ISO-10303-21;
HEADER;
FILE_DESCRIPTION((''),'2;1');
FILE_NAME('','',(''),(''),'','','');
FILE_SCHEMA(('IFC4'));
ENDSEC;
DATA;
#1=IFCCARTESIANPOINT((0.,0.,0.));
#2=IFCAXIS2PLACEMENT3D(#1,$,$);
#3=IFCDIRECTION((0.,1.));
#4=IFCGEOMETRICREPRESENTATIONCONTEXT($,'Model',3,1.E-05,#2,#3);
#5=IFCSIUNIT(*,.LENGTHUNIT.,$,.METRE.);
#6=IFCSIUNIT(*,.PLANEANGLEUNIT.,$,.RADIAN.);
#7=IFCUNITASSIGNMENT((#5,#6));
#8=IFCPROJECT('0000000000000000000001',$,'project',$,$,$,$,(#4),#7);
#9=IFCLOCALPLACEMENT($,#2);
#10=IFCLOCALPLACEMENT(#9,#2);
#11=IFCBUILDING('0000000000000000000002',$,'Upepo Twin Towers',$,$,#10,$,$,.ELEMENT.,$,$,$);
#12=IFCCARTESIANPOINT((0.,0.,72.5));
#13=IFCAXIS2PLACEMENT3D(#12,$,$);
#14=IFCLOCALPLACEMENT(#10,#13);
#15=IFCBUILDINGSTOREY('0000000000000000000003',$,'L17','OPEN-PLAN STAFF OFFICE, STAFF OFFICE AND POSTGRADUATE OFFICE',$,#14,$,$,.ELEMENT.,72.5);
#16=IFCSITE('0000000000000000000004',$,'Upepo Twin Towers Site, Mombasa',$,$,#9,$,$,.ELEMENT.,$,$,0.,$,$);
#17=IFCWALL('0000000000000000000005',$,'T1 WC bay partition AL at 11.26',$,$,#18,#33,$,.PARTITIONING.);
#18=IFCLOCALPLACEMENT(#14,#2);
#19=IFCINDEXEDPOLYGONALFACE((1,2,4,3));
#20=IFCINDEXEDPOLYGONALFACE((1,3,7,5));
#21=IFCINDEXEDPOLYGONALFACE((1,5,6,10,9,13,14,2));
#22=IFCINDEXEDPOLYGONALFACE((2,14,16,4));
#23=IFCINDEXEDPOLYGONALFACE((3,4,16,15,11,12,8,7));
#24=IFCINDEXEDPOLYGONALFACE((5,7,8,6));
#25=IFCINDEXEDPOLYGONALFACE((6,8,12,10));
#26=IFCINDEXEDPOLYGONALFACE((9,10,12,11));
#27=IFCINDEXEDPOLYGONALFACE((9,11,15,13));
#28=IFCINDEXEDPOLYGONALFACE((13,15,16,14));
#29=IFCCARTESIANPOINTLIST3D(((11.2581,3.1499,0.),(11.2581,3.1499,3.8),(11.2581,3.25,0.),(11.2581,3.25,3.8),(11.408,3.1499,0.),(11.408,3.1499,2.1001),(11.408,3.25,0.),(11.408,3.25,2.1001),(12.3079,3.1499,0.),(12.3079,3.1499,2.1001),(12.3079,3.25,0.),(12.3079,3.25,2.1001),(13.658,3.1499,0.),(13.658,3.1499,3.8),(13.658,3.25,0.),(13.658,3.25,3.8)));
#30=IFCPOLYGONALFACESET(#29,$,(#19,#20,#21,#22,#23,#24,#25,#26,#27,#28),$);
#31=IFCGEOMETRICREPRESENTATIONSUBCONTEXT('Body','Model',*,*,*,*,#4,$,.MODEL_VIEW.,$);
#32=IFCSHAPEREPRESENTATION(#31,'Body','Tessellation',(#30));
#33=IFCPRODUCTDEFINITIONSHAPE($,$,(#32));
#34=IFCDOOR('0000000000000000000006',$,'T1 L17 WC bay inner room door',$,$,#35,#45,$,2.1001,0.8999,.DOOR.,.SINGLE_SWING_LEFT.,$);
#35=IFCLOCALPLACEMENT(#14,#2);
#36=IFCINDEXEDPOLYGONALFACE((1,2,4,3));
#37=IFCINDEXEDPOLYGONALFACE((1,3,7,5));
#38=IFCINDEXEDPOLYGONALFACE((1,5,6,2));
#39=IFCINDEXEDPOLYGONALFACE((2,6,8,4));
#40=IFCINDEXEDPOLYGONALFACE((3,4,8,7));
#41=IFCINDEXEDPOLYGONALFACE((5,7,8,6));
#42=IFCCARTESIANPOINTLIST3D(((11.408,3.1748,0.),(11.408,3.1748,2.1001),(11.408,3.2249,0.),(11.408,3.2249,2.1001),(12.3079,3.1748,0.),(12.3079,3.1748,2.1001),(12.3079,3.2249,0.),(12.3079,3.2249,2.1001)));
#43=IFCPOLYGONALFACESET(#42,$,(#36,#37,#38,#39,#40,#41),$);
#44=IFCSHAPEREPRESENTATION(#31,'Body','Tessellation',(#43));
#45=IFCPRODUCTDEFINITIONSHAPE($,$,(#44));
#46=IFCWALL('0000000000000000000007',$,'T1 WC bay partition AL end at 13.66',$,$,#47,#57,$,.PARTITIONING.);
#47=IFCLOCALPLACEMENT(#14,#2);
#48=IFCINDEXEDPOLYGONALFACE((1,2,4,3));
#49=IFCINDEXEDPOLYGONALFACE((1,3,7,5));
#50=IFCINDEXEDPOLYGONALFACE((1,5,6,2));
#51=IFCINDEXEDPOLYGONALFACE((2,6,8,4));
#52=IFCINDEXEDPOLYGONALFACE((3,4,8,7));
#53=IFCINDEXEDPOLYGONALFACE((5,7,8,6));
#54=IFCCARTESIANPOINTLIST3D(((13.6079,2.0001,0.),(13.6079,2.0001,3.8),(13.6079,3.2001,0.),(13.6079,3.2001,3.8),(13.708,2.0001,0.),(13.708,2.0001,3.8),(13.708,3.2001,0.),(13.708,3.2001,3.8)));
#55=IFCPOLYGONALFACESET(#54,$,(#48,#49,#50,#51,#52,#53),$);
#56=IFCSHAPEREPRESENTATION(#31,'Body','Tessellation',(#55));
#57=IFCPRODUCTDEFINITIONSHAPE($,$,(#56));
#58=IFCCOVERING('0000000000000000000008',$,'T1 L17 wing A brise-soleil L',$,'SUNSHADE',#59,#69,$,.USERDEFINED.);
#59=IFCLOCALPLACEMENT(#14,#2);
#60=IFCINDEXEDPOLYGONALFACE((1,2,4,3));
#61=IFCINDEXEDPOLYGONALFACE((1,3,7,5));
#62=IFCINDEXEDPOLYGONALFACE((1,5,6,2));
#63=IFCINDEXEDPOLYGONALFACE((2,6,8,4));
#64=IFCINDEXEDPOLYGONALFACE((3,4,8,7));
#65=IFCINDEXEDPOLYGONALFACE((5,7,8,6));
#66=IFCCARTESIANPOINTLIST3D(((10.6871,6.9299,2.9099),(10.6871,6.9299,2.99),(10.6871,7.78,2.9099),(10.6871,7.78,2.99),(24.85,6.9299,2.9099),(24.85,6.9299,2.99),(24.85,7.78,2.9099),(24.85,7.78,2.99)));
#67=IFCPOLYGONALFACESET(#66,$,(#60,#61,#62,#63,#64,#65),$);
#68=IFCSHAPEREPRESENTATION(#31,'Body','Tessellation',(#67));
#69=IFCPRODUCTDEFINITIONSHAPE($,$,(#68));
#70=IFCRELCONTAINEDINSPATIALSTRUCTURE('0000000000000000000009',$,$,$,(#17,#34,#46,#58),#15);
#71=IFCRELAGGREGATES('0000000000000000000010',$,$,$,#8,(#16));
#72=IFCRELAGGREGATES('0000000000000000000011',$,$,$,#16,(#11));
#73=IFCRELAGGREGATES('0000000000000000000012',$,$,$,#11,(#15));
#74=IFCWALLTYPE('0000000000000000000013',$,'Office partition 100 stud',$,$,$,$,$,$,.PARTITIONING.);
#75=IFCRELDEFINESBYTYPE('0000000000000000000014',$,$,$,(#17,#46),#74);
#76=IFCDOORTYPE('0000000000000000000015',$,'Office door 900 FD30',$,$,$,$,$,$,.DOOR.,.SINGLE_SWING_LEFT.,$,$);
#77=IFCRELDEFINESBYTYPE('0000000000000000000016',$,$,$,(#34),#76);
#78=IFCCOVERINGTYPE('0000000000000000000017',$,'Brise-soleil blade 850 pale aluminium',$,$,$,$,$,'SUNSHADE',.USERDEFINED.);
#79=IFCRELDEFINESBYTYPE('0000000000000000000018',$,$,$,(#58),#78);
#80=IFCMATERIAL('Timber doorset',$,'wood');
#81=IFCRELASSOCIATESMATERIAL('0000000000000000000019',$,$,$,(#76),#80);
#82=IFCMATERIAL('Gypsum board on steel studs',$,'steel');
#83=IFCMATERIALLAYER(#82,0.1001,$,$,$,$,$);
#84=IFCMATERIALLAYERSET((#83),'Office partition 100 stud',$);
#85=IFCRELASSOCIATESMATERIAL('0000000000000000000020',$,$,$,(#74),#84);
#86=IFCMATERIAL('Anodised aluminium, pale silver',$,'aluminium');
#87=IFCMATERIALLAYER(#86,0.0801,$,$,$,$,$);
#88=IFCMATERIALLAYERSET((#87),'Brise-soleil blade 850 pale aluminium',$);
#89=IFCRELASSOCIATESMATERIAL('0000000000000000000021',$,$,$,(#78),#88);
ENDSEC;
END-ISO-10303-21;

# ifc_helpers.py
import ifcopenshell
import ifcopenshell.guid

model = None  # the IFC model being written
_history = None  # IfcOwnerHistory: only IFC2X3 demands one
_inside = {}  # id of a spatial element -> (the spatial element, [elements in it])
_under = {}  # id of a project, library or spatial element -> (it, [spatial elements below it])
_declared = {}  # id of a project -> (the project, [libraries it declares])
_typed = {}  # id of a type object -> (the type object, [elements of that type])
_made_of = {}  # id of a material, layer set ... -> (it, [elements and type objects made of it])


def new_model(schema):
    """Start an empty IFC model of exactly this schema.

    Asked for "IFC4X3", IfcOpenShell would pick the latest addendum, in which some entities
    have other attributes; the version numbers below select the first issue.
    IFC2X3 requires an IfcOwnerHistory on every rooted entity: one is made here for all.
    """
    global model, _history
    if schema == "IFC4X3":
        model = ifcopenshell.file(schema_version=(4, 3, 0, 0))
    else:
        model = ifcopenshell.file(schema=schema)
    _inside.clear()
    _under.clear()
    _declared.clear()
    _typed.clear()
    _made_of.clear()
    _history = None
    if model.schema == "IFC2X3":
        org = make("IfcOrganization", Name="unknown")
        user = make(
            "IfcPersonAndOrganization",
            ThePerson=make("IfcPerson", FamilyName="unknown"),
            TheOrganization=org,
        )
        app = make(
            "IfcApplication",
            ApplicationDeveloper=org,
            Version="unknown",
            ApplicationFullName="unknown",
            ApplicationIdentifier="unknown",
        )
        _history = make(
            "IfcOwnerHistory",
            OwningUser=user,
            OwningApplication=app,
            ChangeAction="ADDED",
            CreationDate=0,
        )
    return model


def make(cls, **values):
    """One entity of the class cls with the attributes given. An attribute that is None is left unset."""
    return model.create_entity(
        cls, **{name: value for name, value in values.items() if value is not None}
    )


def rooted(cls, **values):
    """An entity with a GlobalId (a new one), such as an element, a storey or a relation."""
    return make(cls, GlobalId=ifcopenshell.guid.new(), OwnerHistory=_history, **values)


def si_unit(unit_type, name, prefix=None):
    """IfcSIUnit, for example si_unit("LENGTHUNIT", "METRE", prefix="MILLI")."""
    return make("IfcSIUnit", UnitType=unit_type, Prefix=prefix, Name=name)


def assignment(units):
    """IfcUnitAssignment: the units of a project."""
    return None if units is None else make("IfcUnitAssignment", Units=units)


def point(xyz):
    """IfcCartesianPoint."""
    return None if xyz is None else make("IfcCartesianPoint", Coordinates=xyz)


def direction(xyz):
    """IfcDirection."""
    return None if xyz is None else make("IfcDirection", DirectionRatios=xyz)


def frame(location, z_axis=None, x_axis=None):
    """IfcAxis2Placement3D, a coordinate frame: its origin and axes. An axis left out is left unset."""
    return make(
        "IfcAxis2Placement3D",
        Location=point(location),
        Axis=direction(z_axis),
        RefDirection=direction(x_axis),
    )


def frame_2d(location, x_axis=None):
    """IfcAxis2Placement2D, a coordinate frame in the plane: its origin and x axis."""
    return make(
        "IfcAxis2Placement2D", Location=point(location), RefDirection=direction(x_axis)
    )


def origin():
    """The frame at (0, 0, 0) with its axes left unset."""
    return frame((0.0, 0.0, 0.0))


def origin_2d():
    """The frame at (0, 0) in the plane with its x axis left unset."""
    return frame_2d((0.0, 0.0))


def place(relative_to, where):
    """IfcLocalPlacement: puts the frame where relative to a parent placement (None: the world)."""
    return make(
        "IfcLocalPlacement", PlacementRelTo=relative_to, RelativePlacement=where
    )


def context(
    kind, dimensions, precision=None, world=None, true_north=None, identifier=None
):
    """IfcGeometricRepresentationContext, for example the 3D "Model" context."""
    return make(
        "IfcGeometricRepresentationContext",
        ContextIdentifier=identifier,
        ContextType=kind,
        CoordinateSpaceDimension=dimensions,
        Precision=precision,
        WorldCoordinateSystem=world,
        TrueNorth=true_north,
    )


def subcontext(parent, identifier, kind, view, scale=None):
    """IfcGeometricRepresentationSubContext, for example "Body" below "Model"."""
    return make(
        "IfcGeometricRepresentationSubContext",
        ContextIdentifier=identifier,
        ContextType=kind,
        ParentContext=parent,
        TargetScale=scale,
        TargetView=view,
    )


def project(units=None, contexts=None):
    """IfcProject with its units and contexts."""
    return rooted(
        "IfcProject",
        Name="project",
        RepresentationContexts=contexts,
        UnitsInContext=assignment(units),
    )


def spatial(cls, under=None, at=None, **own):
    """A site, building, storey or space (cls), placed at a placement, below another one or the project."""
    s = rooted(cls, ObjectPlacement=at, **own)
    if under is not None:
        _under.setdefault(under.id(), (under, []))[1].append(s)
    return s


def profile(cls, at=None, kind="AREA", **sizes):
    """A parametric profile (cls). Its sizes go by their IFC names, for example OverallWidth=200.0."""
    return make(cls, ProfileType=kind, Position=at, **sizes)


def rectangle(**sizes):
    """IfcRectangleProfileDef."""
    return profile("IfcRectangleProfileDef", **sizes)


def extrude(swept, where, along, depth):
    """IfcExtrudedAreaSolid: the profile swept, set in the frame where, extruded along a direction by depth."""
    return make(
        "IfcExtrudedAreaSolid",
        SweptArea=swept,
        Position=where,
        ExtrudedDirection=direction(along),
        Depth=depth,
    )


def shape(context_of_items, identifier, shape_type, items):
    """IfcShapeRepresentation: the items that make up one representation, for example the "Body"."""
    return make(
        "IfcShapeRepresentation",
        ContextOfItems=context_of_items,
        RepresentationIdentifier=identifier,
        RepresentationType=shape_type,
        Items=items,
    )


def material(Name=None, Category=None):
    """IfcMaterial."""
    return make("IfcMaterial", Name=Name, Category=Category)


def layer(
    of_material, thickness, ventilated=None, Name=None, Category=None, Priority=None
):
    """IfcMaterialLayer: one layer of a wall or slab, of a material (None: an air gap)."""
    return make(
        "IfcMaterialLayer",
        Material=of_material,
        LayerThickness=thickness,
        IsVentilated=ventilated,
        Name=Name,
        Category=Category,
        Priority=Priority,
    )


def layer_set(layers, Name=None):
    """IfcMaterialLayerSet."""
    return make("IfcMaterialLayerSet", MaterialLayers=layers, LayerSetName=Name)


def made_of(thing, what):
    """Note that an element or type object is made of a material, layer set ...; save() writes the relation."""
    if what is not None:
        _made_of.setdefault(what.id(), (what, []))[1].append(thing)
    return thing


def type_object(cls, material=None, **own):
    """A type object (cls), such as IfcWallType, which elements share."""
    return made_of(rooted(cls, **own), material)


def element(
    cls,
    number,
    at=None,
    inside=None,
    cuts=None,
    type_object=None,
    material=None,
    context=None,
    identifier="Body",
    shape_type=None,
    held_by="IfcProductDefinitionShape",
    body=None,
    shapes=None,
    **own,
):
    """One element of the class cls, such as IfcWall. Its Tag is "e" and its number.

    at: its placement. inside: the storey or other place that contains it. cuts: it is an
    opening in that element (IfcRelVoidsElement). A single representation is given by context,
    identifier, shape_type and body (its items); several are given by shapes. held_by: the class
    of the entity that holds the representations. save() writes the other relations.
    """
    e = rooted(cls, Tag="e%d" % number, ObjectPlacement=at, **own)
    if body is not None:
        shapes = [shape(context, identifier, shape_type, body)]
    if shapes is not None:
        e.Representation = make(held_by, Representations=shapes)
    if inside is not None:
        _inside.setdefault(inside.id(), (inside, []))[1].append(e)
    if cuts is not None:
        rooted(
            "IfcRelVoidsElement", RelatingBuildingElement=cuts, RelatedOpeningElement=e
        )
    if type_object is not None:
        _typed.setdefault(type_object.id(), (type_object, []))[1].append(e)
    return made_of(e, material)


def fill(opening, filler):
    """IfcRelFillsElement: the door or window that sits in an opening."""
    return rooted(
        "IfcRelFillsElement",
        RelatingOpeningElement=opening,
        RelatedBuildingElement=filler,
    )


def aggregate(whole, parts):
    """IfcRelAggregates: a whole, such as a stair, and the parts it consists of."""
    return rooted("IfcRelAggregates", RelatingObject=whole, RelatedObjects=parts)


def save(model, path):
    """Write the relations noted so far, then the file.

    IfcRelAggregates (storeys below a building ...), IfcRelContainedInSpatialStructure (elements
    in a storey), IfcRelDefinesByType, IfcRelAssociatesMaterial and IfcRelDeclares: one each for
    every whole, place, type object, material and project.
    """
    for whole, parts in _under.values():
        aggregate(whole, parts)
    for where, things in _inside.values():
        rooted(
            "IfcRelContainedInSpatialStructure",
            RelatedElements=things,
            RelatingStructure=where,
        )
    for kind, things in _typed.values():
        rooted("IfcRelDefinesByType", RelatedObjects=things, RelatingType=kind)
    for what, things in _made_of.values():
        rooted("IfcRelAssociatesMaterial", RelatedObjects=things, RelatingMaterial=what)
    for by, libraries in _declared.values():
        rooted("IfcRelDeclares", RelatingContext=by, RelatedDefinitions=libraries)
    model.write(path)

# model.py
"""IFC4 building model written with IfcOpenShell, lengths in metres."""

from ifc_helpers import new_model, si_unit, direction, frame, frame_2d, origin, origin_2d, place, context, subcontext, project, spatial, rectangle, extrude, material, layer, layer_set, type_object, element, fill, save


model = new_model("IFC4")

# Units and contexts
model_context = context("Model", 3, precision=1e-05, world=origin(), true_north=direction((0.0, 1.0)))
body_context = subcontext(model_context, "Body", "Model", "MODEL_VIEW")
ifc_project = project(units=[si_unit("LENGTHUNIT", "METRE"), si_unit("PLANEANGLEUNIT", "RADIAN")], contexts=[model_context])

# Site, building, storey
site_placement = place(None, origin())
site = spatial("IfcSite", under=ifc_project, at=site_placement, Name="Upepo Twin Towers Site, Mombasa", CompositionType="ELEMENT", RefElevation=0.0)
building_placement = place(site_placement, origin())
building = spatial("IfcBuilding", under=site, at=building_placement, Name="Upepo Twin Towers", CompositionType="ELEMENT")
storey_placement = place(building_placement, frame((0.0, 0.0, 72.5)))
storey = spatial("IfcBuildingStorey", under=building, at=storey_placement, Name="L17", Description="OPEN-PLAN STAFF OFFICE, STAFF OFFICE AND POSTGRADUATE OFFICE", CompositionType="ELEMENT", Elevation=72.5)

# Shared definitions
ifc_material_1 = material(Name="Timber doorset", Category="wood")
door_type_1 = type_object("IfcDoorType", Name="Office door 900 FD30", OperationType="SINGLE_SWING_LEFT", PredefinedType="DOOR", material=ifc_material_1)

# Shared definitions
ifc_material_2 = material(Name="Gypsum board on steel studs", Category="steel")
ifc_layer_1 = layer(ifc_material_2, 0.1001)
ifc_layer_set_1 = layer_set([ifc_layer_1], Name="Office partition 100 stud")
wall_type_1 = type_object("IfcWallType", Name="Office partition 100 stud", PredefinedType="PARTITIONING", material=ifc_layer_set_1)

# Wall, opening, door
wall_1_placement = place(storey_placement, frame((11.2581, 3.2, 0.0), z_axis=(0.0, 0.0, 1.0), x_axis=(1.0, 0.0, 0.0)))
wall_1 = element("IfcWall", 1, at=wall_1_placement, inside=storey, type_object=wall_type_1, Name="T1 WC bay partition AL at 11.26", PredefinedType="PARTITIONING", context=body_context, shape_type="SweptSolid", body=[
    extrude(rectangle(XDim=2.3999, YDim=0.1001, at=frame_2d((1.2, 0.0))), origin(), (0.0, 0.0, 1.0), 3.8),
])
opening_1_placement = place(wall_1_placement, frame((0.1499, 0.0, 0.0)))
opening_1 = element("IfcOpeningElement", 2, at=opening_1_placement, cuts=wall_1, PredefinedType="OPENING", context=body_context, shape_type="SweptSolid", body=[
    extrude(rectangle(XDim=0.8999, YDim=2.1001, at=frame_2d((0.45, 1.05))), frame((0.0, 0.0601, 0.0), z_axis=(0.0, -1.0, 0.0), x_axis=(1.0, 0.0, 0.0)), (0.0, 0.0, 1.0), 0.1201),
])
door_1_placement = place(opening_1_placement, origin())
door_1 = element("IfcDoor", 3, at=door_1_placement, inside=storey, type_object=door_type_1, Name="T1 L17 WC bay inner room door", OperationType="SINGLE_SWING_LEFT", OverallHeight=2.1001, OverallWidth=0.8999, PredefinedType="DOOR", context=body_context, shape_type="SweptSolid", body=[
    extrude(rectangle(XDim=0.8999, YDim=2.1001, at=frame_2d((0.45, 1.05))), frame((0.0, 0.0249, 0.0), z_axis=(0.0, -1.0, 0.0), x_axis=(1.0, 0.0, 0.0)), (0.0, 0.0, 1.0), 0.05),
])
fill(opening_1, door_1)

# Wall
wall_2_placement = place(storey_placement, frame((13.658, 2.0, 0.0), z_axis=(0.0, 0.0, 1.0), x_axis=(0.0, 1.0, 0.0)))
element("IfcWall", 4, at=wall_2_placement, inside=storey, type_object=wall_type_1, Name="T1 WC bay partition AL end at 13.66", PredefinedType="PARTITIONING", context=body_context, shape_type="SweptSolid", body=[
    extrude(rectangle(XDim=1.2, YDim=0.1001, at=frame_2d((0.6001, 0.0))), origin(), (0.0, 0.0, 1.0), 3.8),
])

# Covering
ifc_material_3 = material(Name="Anodised aluminium, pale silver", Category="aluminium")
ifc_layer_2 = layer(ifc_material_3, 0.0801)
ifc_layer_set_2 = layer_set([ifc_layer_2], Name="Brise-soleil blade 850 pale aluminium")
covering_type = type_object("IfcCoveringType", Name="Brise-soleil blade 850 pale aluminium", ElementType="SUNSHADE", PredefinedType="USERDEFINED", material=ifc_layer_set_2)
covering_placement = place(storey_placement, frame((17.7686, 7.355, 2.9099), z_axis=(0.0, 0.0, 1.0), x_axis=(1.0, 0.0, 0.0)))
element("IfcCovering", 5, at=covering_placement, inside=storey, type_object=covering_type, Name="T1 L17 wing A brise-soleil L", ObjectType="SUNSHADE", PredefinedType="USERDEFINED", context=body_context, shape_type="SweptSolid", body=[
    extrude(rectangle(XDim=14.1628, YDim=0.8501, at=origin_2d()), origin(), (0.0, 0.0, 1.0), 0.0801),
])

save(model, "model.ifc")
